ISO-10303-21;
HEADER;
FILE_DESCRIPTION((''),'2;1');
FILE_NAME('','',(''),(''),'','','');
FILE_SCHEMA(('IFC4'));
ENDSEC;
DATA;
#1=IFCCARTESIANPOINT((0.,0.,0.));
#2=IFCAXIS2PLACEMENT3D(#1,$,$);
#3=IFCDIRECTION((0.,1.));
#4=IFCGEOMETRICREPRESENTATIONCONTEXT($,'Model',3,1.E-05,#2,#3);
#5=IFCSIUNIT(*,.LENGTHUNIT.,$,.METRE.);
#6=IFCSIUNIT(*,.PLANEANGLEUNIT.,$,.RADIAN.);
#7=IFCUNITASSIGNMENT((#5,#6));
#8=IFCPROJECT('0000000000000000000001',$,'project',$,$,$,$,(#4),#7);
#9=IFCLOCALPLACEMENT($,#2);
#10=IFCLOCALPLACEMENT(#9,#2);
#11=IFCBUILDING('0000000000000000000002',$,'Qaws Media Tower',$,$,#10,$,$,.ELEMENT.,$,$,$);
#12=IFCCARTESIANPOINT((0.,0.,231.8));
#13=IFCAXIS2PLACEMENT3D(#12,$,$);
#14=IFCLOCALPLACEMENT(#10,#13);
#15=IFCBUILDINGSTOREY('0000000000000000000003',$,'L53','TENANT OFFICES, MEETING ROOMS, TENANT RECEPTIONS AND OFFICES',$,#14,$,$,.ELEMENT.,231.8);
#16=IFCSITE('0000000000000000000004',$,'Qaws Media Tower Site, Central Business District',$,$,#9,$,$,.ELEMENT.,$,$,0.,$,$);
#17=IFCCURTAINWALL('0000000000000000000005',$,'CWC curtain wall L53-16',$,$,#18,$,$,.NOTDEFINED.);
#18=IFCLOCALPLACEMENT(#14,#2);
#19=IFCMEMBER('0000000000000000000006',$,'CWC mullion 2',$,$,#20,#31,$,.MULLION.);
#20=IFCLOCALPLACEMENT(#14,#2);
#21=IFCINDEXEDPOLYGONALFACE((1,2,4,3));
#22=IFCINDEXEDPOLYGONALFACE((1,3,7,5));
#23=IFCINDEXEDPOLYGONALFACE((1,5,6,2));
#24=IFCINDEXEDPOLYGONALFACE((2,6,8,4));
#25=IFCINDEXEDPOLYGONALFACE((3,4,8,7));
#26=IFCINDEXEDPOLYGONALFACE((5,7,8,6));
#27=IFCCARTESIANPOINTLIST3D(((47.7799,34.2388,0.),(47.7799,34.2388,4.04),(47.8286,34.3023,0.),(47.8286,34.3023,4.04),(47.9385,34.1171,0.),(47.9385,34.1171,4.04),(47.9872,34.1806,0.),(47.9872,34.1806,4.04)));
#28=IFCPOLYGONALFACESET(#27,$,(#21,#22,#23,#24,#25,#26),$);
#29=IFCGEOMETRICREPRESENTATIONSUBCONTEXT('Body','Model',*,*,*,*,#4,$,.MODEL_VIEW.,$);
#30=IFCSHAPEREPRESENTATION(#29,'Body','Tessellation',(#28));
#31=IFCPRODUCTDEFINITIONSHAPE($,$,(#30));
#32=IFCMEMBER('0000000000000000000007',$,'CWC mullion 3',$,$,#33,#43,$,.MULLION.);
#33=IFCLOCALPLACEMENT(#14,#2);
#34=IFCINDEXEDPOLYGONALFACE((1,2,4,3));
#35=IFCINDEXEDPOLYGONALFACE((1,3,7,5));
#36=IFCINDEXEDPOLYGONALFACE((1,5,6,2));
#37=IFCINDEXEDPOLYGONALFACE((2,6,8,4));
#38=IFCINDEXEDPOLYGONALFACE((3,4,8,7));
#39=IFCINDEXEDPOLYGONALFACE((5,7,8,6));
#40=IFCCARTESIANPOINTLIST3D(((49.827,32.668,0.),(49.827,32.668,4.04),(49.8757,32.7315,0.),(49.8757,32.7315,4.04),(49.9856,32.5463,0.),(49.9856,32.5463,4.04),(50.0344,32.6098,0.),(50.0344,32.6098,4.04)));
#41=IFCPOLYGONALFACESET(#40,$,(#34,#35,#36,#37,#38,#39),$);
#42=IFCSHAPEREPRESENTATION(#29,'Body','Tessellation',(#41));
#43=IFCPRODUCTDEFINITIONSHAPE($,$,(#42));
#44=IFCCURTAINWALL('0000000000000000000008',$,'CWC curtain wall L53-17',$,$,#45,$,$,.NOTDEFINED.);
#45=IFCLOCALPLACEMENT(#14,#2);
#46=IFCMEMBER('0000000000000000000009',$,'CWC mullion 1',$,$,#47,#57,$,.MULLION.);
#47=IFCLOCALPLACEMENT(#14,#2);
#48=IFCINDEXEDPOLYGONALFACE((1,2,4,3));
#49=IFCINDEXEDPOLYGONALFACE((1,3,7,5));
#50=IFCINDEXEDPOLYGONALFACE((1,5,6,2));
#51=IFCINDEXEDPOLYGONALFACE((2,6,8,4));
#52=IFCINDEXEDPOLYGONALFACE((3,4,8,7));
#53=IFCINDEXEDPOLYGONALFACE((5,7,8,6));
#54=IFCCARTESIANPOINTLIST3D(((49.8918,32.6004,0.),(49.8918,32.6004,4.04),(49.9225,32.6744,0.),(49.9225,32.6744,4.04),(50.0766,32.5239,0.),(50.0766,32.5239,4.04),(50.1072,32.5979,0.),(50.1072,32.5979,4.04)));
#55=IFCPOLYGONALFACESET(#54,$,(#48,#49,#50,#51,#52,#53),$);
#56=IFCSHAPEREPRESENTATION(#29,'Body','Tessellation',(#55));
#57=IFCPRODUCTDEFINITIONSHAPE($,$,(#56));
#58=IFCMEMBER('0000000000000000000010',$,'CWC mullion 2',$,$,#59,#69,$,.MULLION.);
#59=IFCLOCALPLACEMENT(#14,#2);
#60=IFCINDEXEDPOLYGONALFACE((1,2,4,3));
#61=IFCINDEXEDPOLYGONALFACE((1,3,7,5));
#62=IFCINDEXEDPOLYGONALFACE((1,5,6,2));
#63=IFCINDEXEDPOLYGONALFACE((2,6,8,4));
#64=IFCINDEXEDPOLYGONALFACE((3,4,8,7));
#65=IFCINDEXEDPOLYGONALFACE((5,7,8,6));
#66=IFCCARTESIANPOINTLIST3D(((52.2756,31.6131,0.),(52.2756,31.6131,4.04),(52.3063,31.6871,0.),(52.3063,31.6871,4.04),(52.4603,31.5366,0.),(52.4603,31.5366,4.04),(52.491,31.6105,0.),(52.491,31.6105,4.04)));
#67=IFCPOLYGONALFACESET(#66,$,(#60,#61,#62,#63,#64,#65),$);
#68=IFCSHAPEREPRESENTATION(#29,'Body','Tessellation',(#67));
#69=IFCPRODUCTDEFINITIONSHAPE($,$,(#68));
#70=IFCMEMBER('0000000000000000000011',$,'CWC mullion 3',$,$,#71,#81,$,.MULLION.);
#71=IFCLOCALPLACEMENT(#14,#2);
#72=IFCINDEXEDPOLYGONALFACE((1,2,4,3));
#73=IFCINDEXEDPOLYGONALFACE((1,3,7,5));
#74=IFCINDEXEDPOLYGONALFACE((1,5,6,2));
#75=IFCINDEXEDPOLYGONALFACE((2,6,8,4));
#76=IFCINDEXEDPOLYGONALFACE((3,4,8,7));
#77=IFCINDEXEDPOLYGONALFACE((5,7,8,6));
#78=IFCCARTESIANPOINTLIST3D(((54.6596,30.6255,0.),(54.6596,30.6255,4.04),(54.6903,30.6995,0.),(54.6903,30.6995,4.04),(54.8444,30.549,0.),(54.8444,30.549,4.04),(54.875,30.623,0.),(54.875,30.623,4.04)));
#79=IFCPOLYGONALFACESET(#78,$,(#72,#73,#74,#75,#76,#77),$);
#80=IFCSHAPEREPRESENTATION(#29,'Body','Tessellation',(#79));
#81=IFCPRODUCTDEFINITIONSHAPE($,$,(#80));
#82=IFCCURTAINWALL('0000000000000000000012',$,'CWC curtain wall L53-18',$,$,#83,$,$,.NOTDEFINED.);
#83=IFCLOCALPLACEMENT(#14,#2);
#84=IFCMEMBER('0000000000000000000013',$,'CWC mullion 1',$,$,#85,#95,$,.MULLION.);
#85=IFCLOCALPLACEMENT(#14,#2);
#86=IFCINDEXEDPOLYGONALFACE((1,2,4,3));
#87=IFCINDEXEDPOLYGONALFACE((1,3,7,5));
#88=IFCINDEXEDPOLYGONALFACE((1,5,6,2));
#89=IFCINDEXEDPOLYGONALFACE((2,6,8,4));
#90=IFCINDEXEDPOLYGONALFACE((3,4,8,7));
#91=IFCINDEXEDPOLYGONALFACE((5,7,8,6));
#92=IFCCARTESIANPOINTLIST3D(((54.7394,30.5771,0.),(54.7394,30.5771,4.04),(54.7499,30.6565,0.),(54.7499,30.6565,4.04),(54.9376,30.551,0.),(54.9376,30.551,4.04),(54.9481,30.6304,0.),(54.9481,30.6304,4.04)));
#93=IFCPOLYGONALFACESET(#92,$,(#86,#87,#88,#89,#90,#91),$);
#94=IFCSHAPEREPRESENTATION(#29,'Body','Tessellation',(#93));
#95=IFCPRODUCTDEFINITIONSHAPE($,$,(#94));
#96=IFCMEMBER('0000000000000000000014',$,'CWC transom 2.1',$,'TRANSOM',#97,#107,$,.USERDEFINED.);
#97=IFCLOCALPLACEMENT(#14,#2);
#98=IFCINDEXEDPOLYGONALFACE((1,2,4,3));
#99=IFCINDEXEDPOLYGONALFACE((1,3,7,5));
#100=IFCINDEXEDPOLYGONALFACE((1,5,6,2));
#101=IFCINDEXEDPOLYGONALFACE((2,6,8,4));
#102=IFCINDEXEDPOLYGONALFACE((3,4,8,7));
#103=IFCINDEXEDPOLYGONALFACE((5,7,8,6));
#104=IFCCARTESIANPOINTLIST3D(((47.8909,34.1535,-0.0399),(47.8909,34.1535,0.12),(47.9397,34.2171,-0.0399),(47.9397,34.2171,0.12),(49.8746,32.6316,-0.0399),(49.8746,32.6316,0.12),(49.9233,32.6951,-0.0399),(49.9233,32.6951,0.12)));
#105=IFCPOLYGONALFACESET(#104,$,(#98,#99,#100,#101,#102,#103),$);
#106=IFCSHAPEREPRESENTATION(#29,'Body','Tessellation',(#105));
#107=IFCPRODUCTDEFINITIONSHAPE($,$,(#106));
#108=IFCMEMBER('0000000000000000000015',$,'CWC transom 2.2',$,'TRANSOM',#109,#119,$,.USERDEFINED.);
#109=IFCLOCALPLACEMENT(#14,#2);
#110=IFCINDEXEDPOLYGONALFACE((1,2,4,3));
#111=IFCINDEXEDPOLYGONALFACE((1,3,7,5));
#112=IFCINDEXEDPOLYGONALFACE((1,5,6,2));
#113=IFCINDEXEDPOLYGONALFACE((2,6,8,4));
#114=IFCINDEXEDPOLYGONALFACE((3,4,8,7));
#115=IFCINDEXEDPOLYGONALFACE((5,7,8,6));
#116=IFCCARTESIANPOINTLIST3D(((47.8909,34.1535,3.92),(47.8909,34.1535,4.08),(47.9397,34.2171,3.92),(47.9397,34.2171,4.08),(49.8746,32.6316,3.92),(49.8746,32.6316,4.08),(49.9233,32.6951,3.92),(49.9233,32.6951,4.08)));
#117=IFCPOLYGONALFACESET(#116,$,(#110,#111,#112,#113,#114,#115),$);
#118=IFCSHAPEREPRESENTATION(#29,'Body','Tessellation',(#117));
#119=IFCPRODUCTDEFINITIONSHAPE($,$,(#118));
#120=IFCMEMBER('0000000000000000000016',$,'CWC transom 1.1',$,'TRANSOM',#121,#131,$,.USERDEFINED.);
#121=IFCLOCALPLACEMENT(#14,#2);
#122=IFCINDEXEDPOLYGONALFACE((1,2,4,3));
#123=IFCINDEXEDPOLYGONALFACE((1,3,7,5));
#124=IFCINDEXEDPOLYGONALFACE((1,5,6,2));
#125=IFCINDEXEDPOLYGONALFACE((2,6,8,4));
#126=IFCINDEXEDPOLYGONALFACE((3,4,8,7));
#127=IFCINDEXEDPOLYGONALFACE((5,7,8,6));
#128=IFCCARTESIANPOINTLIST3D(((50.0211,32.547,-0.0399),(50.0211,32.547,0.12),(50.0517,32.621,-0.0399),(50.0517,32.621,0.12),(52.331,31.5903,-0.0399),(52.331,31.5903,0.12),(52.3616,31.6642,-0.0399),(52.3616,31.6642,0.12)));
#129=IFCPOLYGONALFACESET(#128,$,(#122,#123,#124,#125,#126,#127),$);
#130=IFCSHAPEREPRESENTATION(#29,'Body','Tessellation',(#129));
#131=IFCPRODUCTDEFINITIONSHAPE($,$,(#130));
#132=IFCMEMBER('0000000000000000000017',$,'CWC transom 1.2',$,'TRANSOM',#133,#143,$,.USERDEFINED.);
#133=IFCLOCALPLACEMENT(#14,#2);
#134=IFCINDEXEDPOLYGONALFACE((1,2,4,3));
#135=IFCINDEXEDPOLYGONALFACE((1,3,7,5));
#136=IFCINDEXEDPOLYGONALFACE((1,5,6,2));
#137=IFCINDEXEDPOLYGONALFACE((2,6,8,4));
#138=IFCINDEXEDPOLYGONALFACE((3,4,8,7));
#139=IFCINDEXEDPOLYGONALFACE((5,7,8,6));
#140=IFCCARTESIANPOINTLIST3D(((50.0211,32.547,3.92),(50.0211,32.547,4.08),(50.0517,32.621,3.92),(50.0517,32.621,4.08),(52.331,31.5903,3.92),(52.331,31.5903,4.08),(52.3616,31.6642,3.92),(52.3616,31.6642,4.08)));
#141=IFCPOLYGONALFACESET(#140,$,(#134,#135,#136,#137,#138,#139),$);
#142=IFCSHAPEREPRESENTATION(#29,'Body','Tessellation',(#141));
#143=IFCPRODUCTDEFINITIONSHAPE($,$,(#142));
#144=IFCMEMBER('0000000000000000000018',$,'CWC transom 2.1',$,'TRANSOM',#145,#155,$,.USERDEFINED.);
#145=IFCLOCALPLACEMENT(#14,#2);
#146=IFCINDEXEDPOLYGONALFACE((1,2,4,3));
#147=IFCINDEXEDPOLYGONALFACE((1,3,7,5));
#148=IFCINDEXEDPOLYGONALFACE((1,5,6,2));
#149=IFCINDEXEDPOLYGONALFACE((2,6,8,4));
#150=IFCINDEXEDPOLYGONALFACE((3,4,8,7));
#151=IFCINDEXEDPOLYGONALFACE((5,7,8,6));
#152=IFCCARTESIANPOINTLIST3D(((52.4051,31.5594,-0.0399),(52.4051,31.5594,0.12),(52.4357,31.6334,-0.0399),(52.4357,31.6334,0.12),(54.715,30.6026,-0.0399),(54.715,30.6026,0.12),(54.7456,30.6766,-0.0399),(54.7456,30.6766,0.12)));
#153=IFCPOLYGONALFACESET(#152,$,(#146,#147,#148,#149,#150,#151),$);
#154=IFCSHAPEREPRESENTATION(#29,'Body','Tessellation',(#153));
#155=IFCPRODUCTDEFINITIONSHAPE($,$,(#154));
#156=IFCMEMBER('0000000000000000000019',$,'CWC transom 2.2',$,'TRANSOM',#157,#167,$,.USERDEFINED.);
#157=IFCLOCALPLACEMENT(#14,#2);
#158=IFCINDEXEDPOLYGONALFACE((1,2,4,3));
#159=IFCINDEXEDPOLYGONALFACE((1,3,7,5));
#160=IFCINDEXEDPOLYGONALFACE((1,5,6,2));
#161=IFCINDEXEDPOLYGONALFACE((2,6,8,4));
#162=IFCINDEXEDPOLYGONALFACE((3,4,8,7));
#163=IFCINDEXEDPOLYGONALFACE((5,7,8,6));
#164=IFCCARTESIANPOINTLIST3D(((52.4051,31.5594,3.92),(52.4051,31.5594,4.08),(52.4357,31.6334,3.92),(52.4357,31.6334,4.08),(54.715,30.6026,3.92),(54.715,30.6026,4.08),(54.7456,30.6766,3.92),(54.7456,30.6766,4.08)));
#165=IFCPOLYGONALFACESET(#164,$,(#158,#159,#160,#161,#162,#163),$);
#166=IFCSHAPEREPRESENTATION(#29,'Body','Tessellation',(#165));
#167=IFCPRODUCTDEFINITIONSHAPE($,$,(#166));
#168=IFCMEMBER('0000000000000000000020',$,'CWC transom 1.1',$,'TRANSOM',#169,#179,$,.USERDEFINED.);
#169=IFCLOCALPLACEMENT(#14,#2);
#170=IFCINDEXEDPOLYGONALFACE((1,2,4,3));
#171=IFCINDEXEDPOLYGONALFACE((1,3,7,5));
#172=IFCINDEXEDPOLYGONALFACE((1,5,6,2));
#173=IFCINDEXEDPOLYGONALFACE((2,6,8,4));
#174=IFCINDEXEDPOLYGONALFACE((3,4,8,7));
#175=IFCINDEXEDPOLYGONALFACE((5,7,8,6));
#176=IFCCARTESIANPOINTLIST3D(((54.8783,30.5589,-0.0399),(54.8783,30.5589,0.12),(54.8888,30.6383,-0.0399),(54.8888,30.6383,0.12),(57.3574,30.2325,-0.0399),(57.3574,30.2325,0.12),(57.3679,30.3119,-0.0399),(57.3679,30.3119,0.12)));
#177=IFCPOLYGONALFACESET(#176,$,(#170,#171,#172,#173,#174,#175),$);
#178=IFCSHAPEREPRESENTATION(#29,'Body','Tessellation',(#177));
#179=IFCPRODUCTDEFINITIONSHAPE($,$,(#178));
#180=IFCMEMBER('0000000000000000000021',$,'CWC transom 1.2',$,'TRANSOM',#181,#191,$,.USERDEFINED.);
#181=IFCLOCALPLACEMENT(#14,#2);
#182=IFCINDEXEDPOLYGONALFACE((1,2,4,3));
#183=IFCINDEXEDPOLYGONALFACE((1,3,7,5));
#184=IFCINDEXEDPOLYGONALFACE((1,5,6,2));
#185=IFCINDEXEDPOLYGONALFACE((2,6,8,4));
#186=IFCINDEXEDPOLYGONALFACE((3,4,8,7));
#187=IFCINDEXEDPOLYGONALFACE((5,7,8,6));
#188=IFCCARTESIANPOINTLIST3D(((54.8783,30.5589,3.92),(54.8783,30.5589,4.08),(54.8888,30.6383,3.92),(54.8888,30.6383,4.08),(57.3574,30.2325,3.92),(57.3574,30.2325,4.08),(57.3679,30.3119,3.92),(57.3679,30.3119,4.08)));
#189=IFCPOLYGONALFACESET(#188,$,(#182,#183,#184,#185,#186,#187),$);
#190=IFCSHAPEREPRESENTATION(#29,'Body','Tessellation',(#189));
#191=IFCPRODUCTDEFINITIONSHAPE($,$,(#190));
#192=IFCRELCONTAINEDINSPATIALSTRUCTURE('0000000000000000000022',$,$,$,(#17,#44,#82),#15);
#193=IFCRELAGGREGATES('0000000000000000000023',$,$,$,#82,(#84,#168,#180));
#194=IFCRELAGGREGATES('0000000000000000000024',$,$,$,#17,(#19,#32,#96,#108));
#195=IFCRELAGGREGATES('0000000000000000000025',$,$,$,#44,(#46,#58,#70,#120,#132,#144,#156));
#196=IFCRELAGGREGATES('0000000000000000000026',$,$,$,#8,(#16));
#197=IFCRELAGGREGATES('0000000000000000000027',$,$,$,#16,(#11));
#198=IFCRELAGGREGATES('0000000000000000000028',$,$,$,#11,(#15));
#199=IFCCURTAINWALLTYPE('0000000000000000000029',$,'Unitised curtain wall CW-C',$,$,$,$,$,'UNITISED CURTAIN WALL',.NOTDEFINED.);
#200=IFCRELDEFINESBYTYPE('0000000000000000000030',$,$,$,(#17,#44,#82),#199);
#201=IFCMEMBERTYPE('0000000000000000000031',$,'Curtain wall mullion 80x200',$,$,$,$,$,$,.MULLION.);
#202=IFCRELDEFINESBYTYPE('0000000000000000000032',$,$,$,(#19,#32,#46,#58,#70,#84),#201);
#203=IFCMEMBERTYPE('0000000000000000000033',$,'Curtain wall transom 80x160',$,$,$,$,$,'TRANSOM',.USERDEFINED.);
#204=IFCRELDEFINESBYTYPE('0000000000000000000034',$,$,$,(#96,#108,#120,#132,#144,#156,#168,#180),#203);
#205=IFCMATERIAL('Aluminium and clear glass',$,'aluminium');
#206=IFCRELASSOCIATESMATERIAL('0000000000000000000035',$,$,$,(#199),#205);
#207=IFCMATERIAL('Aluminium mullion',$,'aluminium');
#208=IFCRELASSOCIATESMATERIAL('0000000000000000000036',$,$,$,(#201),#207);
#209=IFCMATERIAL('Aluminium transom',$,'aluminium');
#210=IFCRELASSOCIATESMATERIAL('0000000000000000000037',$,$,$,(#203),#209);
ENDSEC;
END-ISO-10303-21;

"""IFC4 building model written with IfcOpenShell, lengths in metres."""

from ifc_helpers import new_model, si_unit, direction, frame, origin, origin_2d, place, context, subcontext, project, spatial, rectangle, extrude, material, material_profile, profile_set, type_object, element, aggregate, save


model = new_model("IFC4")

# Units and contexts
model_context = context("Model", 3, precision=1e-05, world=origin(), true_north=direction((0.0, 1.0)))
body_context = subcontext(model_context, "Body", "Model", "MODEL_VIEW")
ifc_project = project(units=[si_unit("LENGTHUNIT", "METRE"), si_unit("PLANEANGLEUNIT", "RADIAN")], contexts=[model_context])

# Site, building, storey
site_placement = place(None, origin())
site = spatial("IfcSite", under=ifc_project, at=site_placement, Name="Qaws Media Tower Site, Central Business District", CompositionType="ELEMENT", RefElevation=0.0)
building_placement = place(site_placement, origin())
building = spatial("IfcBuilding", under=site, at=building_placement, Name="Qaws Media Tower", CompositionType="ELEMENT")
storey_placement = place(building_placement, frame((0.0, 0.0, 231.8)))
storey = spatial("IfcBuildingStorey", under=building, at=storey_placement, Name="L53", Description="TENANT OFFICES, MEETING ROOMS, TENANT RECEPTIONS AND OFFICES", CompositionType="ELEMENT", Elevation=231.8)

# Curtain walls, members
ifc_material_1 = material(Name="Aluminium and clear glass", Category="aluminium")
curtain_wall_type = type_object("IfcCurtainWallType", Name="Unitised curtain wall CW-C", ElementType="UNITISED CURTAIN WALL", PredefinedType="NOTDEFINED", material=ifc_material_1)
curtain_wall_1_placement = place(storey_placement, origin())
curtain_wall_1 = element("IfcCurtainWall", 1, at=curtain_wall_1_placement, inside=storey, type_object=curtain_wall_type, Name="CWC curtain wall L53-16", PredefinedType="NOTDEFINED")
ifc_material_2 = material(Name="Aluminium mullion", Category="aluminium")
ifc_material_profile_1 = material_profile(ifc_material_2, rectangle(XDim=0.0801, YDim=0.2, at=origin_2d()), Name="80x200")
ifc_profile_set_1 = profile_set([ifc_material_profile_1], Name="Aluminium mullion")
member_type_1 = type_object("IfcMemberType", Name="Curtain wall mullion 80x200", PredefinedType="MULLION", material=ifc_profile_set_1)
member_1_placement = place(storey_placement, frame((47.8835, 34.2097, 0.0), z_axis=(0.0, 0.0, 1.0), x_axis=(0.608761, 0.793353, 0.0)))
member_1 = element("IfcMember", 2, at=member_1_placement, type_object=member_type_1, Name="CWC mullion 2", PredefinedType="MULLION", context=body_context, shape_type="SweptSolid", body=[
    extrude(rectangle(XDim=0.0801, YDim=0.2, at=origin_2d()), origin(), (0.0, 0.0, 1.0), 4.04),
])
member_2_placement = place(storey_placement, frame((49.9307, 32.6389, 0.0), z_axis=(0.0, 0.0, 1.0), x_axis=(0.608761, 0.793353, 0.0)))
member_2 = element("IfcMember", 3, at=member_2_placement, type_object=member_type_1, Name="CWC mullion 3", PredefinedType="MULLION", context=body_context, shape_type="SweptSolid", body=[
    extrude(rectangle(XDim=0.0801, YDim=0.2, at=origin_2d()), origin(), (0.0, 0.0, 1.0), 4.04),
])
curtain_wall_2_placement = place(storey_placement, origin())
curtain_wall_2 = element("IfcCurtainWall", 4, at=curtain_wall_2_placement, inside=storey, type_object=curtain_wall_type, Name="CWC curtain wall L53-17", PredefinedType="NOTDEFINED")
member_3_placement = place(storey_placement, frame((49.9995, 32.5991, 0.0), z_axis=(0.0, 0.0, 1.0), x_axis=(0.382683, 0.92388, 0.0)))
member_3 = element("IfcMember", 5, at=member_3_placement, type_object=member_type_1, Name="CWC mullion 1", PredefinedType="MULLION", context=body_context, shape_type="SweptSolid", body=[
    extrude(rectangle(XDim=0.0801, YDim=0.2, at=origin_2d()), origin(), (0.0, 0.0, 1.0), 4.04),
])
member_4_placement = place(storey_placement, frame((52.3833, 31.6118, 0.0), z_axis=(0.0, 0.0, 1.0), x_axis=(0.382683, 0.92388, 0.0)))
member_4 = element("IfcMember", 6, at=member_4_placement, type_object=member_type_1, Name="CWC mullion 2", PredefinedType="MULLION", context=body_context, shape_type="SweptSolid", body=[
    extrude(rectangle(XDim=0.0801, YDim=0.2, at=origin_2d()), origin(), (0.0, 0.0, 1.0), 4.04),
])
member_5_placement = place(storey_placement, frame((54.7673, 30.6243, 0.0), z_axis=(0.0, 0.0, 1.0), x_axis=(0.382683, 0.92388, 0.0)))
member_5 = element("IfcMember", 7, at=member_5_placement, type_object=member_type_1, Name="CWC mullion 3", PredefinedType="MULLION", context=body_context, shape_type="SweptSolid", body=[
    extrude(rectangle(XDim=0.0801, YDim=0.2, at=origin_2d()), origin(), (0.0, 0.0, 1.0), 4.04),
])

# Curtain wall, member
curtain_wall_3_placement = place(storey_placement, origin())
curtain_wall_3 = element("IfcCurtainWall", 8, at=curtain_wall_3_placement, inside=storey, type_object=curtain_wall_type, Name="CWC curtain wall L53-18", PredefinedType="NOTDEFINED")
member_6_placement = place(storey_placement, frame((54.8438, 30.6038, 0.0), z_axis=(0.0, 0.0, 1.0), x_axis=(0.130526, 0.991445, 0.0)))
member_6 = element("IfcMember", 9, at=member_6_placement, type_object=member_type_1, Name="CWC mullion 1", PredefinedType="MULLION", context=body_context, shape_type="SweptSolid", body=[
    extrude(rectangle(XDim=0.0801, YDim=0.2, at=origin_2d()), origin(), (0.0, 0.0, 1.0), 4.04),
])

# Members
ifc_material_3 = material(Name="Aluminium transom", Category="aluminium")
ifc_material_profile_2 = material_profile(ifc_material_3, rectangle(XDim=0.0801, YDim=0.1599, at=origin_2d()), Name="80x160")
ifc_profile_set_2 = profile_set([ifc_material_profile_2], Name="Aluminium transom")
member_type_2 = type_object("IfcMemberType", Name="Curtain wall transom 80x160", ElementType="TRANSOM", PredefinedType="USERDEFINED", material=ifc_profile_set_2)
member_7_placement = place(storey_placement, frame((47.9153, 34.1853, 0.04), z_axis=(0.793378, -0.608729, 0.0), x_axis=(0.608729, 0.793378, 0.0)))
member_7 = element("IfcMember", 10, at=member_7_placement, type_object=member_type_2, Name="CWC transom 2.1", ObjectType="TRANSOM", PredefinedType="USERDEFINED", context=body_context, shape_type="SweptSolid", body=[
    extrude(rectangle(XDim=0.0801, YDim=0.1599, at=origin_2d()), origin(), (0.0, 0.0, 1.0), 2.5002),
])
member_8_placement = place(storey_placement, frame((47.9153, 34.1853, 4.0), z_axis=(0.793378, -0.608729, 0.0), x_axis=(0.608729, 0.793378, 0.0)))
member_8 = element("IfcMember", 11, at=member_8_placement, type_object=member_type_2, Name="CWC transom 2.2", ObjectType="TRANSOM", PredefinedType="USERDEFINED", context=body_context, shape_type="SweptSolid", body=[
    extrude(rectangle(XDim=0.0801, YDim=0.1599, at=origin_2d()), origin(), (0.0, 0.0, 1.0), 2.5002),
])
member_9_placement = place(storey_placement, frame((50.0364, 32.584, 0.04), z_axis=(0.923889, -0.382659, 0.0), x_axis=(0.382659, 0.923889, 0.0)))
member_9 = element("IfcMember", 12, at=member_9_placement, type_object=member_type_2, Name="CWC transom 1.1", ObjectType="TRANSOM", PredefinedType="USERDEFINED", context=body_context, shape_type="SweptSolid", body=[
    extrude(rectangle(XDim=0.0801, YDim=0.1599, at=origin_2d()), origin(), (0.0, 0.0, 1.0), 2.5002),
])
member_10_placement = place(storey_placement, frame((50.0364, 32.584, 4.0), z_axis=(0.923889, -0.382659, 0.0), x_axis=(0.382659, 0.923889, 0.0)))
member_10 = element("IfcMember", 13, at=member_10_placement, type_object=member_type_2, Name="CWC transom 1.2", ObjectType="TRANSOM", PredefinedType="USERDEFINED", context=body_context, shape_type="SweptSolid", body=[
    extrude(rectangle(XDim=0.0801, YDim=0.1599, at=origin_2d()), origin(), (0.0, 0.0, 1.0), 2.5002),
])
member_11_placement = place(storey_placement, frame((52.4204, 31.5964, 0.04), z_axis=(0.923875, -0.382694, 0.0), x_axis=(0.382694, 0.923875, 0.0)))
member_11 = element("IfcMember", 14, at=member_11_placement, type_object=member_type_2, Name="CWC transom 2.1", ObjectType="TRANSOM", PredefinedType="USERDEFINED", context=body_context, shape_type="SweptSolid", body=[
    extrude(rectangle(XDim=0.0801, YDim=0.1599, at=origin_2d()), origin(), (0.0, 0.0, 1.0), 2.5002),
])
member_12_placement = place(storey_placement, frame((52.4204, 31.5964, 4.0), z_axis=(0.923875, -0.382694, 0.0), x_axis=(0.382694, 0.923875, 0.0)))
member_12 = element("IfcMember", 15, at=member_12_placement, type_object=member_type_2, Name="CWC transom 2.2", ObjectType="TRANSOM", PredefinedType="USERDEFINED", context=body_context, shape_type="SweptSolid", body=[
    extrude(rectangle(XDim=0.0801, YDim=0.1599, at=origin_2d()), origin(), (0.0, 0.0, 1.0), 2.5002),
])
member_13_placement = place(storey_placement, frame((54.8835, 30.5986, 0.04), z_axis=(0.991442, -0.130545, 0.0), x_axis=(0.130545, 0.991442, 0.0)))
member_13 = element("IfcMember", 16, at=member_13_placement, type_object=member_type_2, Name="CWC transom 1.1", ObjectType="TRANSOM", PredefinedType="USERDEFINED", context=body_context, shape_type="SweptSolid", body=[
    extrude(rectangle(XDim=0.0801, YDim=0.1599, at=origin_2d()), origin(), (0.0, 0.0, 1.0), 2.5005),
])
member_14_placement = place(storey_placement, frame((54.8835, 30.5986, 4.0), z_axis=(0.991442, -0.130545, 0.0), x_axis=(0.130545, 0.991442, 0.0)))
member_14 = element("IfcMember", 17, at=member_14_placement, type_object=member_type_2, Name="CWC transom 1.2", ObjectType="TRANSOM", PredefinedType="USERDEFINED", context=body_context, shape_type="SweptSolid", body=[
    extrude(rectangle(XDim=0.0801, YDim=0.1599, at=origin_2d()), origin(), (0.0, 0.0, 1.0), 2.5005),
])
aggregate(curtain_wall_3, [member_6, member_13, member_14])

aggregate(curtain_wall_1, [member_1, member_2, member_7, member_8])
aggregate(curtain_wall_2, [member_3, member_4, member_5, member_9, member_10, member_11, member_12])

save(model, "model.ifc")
